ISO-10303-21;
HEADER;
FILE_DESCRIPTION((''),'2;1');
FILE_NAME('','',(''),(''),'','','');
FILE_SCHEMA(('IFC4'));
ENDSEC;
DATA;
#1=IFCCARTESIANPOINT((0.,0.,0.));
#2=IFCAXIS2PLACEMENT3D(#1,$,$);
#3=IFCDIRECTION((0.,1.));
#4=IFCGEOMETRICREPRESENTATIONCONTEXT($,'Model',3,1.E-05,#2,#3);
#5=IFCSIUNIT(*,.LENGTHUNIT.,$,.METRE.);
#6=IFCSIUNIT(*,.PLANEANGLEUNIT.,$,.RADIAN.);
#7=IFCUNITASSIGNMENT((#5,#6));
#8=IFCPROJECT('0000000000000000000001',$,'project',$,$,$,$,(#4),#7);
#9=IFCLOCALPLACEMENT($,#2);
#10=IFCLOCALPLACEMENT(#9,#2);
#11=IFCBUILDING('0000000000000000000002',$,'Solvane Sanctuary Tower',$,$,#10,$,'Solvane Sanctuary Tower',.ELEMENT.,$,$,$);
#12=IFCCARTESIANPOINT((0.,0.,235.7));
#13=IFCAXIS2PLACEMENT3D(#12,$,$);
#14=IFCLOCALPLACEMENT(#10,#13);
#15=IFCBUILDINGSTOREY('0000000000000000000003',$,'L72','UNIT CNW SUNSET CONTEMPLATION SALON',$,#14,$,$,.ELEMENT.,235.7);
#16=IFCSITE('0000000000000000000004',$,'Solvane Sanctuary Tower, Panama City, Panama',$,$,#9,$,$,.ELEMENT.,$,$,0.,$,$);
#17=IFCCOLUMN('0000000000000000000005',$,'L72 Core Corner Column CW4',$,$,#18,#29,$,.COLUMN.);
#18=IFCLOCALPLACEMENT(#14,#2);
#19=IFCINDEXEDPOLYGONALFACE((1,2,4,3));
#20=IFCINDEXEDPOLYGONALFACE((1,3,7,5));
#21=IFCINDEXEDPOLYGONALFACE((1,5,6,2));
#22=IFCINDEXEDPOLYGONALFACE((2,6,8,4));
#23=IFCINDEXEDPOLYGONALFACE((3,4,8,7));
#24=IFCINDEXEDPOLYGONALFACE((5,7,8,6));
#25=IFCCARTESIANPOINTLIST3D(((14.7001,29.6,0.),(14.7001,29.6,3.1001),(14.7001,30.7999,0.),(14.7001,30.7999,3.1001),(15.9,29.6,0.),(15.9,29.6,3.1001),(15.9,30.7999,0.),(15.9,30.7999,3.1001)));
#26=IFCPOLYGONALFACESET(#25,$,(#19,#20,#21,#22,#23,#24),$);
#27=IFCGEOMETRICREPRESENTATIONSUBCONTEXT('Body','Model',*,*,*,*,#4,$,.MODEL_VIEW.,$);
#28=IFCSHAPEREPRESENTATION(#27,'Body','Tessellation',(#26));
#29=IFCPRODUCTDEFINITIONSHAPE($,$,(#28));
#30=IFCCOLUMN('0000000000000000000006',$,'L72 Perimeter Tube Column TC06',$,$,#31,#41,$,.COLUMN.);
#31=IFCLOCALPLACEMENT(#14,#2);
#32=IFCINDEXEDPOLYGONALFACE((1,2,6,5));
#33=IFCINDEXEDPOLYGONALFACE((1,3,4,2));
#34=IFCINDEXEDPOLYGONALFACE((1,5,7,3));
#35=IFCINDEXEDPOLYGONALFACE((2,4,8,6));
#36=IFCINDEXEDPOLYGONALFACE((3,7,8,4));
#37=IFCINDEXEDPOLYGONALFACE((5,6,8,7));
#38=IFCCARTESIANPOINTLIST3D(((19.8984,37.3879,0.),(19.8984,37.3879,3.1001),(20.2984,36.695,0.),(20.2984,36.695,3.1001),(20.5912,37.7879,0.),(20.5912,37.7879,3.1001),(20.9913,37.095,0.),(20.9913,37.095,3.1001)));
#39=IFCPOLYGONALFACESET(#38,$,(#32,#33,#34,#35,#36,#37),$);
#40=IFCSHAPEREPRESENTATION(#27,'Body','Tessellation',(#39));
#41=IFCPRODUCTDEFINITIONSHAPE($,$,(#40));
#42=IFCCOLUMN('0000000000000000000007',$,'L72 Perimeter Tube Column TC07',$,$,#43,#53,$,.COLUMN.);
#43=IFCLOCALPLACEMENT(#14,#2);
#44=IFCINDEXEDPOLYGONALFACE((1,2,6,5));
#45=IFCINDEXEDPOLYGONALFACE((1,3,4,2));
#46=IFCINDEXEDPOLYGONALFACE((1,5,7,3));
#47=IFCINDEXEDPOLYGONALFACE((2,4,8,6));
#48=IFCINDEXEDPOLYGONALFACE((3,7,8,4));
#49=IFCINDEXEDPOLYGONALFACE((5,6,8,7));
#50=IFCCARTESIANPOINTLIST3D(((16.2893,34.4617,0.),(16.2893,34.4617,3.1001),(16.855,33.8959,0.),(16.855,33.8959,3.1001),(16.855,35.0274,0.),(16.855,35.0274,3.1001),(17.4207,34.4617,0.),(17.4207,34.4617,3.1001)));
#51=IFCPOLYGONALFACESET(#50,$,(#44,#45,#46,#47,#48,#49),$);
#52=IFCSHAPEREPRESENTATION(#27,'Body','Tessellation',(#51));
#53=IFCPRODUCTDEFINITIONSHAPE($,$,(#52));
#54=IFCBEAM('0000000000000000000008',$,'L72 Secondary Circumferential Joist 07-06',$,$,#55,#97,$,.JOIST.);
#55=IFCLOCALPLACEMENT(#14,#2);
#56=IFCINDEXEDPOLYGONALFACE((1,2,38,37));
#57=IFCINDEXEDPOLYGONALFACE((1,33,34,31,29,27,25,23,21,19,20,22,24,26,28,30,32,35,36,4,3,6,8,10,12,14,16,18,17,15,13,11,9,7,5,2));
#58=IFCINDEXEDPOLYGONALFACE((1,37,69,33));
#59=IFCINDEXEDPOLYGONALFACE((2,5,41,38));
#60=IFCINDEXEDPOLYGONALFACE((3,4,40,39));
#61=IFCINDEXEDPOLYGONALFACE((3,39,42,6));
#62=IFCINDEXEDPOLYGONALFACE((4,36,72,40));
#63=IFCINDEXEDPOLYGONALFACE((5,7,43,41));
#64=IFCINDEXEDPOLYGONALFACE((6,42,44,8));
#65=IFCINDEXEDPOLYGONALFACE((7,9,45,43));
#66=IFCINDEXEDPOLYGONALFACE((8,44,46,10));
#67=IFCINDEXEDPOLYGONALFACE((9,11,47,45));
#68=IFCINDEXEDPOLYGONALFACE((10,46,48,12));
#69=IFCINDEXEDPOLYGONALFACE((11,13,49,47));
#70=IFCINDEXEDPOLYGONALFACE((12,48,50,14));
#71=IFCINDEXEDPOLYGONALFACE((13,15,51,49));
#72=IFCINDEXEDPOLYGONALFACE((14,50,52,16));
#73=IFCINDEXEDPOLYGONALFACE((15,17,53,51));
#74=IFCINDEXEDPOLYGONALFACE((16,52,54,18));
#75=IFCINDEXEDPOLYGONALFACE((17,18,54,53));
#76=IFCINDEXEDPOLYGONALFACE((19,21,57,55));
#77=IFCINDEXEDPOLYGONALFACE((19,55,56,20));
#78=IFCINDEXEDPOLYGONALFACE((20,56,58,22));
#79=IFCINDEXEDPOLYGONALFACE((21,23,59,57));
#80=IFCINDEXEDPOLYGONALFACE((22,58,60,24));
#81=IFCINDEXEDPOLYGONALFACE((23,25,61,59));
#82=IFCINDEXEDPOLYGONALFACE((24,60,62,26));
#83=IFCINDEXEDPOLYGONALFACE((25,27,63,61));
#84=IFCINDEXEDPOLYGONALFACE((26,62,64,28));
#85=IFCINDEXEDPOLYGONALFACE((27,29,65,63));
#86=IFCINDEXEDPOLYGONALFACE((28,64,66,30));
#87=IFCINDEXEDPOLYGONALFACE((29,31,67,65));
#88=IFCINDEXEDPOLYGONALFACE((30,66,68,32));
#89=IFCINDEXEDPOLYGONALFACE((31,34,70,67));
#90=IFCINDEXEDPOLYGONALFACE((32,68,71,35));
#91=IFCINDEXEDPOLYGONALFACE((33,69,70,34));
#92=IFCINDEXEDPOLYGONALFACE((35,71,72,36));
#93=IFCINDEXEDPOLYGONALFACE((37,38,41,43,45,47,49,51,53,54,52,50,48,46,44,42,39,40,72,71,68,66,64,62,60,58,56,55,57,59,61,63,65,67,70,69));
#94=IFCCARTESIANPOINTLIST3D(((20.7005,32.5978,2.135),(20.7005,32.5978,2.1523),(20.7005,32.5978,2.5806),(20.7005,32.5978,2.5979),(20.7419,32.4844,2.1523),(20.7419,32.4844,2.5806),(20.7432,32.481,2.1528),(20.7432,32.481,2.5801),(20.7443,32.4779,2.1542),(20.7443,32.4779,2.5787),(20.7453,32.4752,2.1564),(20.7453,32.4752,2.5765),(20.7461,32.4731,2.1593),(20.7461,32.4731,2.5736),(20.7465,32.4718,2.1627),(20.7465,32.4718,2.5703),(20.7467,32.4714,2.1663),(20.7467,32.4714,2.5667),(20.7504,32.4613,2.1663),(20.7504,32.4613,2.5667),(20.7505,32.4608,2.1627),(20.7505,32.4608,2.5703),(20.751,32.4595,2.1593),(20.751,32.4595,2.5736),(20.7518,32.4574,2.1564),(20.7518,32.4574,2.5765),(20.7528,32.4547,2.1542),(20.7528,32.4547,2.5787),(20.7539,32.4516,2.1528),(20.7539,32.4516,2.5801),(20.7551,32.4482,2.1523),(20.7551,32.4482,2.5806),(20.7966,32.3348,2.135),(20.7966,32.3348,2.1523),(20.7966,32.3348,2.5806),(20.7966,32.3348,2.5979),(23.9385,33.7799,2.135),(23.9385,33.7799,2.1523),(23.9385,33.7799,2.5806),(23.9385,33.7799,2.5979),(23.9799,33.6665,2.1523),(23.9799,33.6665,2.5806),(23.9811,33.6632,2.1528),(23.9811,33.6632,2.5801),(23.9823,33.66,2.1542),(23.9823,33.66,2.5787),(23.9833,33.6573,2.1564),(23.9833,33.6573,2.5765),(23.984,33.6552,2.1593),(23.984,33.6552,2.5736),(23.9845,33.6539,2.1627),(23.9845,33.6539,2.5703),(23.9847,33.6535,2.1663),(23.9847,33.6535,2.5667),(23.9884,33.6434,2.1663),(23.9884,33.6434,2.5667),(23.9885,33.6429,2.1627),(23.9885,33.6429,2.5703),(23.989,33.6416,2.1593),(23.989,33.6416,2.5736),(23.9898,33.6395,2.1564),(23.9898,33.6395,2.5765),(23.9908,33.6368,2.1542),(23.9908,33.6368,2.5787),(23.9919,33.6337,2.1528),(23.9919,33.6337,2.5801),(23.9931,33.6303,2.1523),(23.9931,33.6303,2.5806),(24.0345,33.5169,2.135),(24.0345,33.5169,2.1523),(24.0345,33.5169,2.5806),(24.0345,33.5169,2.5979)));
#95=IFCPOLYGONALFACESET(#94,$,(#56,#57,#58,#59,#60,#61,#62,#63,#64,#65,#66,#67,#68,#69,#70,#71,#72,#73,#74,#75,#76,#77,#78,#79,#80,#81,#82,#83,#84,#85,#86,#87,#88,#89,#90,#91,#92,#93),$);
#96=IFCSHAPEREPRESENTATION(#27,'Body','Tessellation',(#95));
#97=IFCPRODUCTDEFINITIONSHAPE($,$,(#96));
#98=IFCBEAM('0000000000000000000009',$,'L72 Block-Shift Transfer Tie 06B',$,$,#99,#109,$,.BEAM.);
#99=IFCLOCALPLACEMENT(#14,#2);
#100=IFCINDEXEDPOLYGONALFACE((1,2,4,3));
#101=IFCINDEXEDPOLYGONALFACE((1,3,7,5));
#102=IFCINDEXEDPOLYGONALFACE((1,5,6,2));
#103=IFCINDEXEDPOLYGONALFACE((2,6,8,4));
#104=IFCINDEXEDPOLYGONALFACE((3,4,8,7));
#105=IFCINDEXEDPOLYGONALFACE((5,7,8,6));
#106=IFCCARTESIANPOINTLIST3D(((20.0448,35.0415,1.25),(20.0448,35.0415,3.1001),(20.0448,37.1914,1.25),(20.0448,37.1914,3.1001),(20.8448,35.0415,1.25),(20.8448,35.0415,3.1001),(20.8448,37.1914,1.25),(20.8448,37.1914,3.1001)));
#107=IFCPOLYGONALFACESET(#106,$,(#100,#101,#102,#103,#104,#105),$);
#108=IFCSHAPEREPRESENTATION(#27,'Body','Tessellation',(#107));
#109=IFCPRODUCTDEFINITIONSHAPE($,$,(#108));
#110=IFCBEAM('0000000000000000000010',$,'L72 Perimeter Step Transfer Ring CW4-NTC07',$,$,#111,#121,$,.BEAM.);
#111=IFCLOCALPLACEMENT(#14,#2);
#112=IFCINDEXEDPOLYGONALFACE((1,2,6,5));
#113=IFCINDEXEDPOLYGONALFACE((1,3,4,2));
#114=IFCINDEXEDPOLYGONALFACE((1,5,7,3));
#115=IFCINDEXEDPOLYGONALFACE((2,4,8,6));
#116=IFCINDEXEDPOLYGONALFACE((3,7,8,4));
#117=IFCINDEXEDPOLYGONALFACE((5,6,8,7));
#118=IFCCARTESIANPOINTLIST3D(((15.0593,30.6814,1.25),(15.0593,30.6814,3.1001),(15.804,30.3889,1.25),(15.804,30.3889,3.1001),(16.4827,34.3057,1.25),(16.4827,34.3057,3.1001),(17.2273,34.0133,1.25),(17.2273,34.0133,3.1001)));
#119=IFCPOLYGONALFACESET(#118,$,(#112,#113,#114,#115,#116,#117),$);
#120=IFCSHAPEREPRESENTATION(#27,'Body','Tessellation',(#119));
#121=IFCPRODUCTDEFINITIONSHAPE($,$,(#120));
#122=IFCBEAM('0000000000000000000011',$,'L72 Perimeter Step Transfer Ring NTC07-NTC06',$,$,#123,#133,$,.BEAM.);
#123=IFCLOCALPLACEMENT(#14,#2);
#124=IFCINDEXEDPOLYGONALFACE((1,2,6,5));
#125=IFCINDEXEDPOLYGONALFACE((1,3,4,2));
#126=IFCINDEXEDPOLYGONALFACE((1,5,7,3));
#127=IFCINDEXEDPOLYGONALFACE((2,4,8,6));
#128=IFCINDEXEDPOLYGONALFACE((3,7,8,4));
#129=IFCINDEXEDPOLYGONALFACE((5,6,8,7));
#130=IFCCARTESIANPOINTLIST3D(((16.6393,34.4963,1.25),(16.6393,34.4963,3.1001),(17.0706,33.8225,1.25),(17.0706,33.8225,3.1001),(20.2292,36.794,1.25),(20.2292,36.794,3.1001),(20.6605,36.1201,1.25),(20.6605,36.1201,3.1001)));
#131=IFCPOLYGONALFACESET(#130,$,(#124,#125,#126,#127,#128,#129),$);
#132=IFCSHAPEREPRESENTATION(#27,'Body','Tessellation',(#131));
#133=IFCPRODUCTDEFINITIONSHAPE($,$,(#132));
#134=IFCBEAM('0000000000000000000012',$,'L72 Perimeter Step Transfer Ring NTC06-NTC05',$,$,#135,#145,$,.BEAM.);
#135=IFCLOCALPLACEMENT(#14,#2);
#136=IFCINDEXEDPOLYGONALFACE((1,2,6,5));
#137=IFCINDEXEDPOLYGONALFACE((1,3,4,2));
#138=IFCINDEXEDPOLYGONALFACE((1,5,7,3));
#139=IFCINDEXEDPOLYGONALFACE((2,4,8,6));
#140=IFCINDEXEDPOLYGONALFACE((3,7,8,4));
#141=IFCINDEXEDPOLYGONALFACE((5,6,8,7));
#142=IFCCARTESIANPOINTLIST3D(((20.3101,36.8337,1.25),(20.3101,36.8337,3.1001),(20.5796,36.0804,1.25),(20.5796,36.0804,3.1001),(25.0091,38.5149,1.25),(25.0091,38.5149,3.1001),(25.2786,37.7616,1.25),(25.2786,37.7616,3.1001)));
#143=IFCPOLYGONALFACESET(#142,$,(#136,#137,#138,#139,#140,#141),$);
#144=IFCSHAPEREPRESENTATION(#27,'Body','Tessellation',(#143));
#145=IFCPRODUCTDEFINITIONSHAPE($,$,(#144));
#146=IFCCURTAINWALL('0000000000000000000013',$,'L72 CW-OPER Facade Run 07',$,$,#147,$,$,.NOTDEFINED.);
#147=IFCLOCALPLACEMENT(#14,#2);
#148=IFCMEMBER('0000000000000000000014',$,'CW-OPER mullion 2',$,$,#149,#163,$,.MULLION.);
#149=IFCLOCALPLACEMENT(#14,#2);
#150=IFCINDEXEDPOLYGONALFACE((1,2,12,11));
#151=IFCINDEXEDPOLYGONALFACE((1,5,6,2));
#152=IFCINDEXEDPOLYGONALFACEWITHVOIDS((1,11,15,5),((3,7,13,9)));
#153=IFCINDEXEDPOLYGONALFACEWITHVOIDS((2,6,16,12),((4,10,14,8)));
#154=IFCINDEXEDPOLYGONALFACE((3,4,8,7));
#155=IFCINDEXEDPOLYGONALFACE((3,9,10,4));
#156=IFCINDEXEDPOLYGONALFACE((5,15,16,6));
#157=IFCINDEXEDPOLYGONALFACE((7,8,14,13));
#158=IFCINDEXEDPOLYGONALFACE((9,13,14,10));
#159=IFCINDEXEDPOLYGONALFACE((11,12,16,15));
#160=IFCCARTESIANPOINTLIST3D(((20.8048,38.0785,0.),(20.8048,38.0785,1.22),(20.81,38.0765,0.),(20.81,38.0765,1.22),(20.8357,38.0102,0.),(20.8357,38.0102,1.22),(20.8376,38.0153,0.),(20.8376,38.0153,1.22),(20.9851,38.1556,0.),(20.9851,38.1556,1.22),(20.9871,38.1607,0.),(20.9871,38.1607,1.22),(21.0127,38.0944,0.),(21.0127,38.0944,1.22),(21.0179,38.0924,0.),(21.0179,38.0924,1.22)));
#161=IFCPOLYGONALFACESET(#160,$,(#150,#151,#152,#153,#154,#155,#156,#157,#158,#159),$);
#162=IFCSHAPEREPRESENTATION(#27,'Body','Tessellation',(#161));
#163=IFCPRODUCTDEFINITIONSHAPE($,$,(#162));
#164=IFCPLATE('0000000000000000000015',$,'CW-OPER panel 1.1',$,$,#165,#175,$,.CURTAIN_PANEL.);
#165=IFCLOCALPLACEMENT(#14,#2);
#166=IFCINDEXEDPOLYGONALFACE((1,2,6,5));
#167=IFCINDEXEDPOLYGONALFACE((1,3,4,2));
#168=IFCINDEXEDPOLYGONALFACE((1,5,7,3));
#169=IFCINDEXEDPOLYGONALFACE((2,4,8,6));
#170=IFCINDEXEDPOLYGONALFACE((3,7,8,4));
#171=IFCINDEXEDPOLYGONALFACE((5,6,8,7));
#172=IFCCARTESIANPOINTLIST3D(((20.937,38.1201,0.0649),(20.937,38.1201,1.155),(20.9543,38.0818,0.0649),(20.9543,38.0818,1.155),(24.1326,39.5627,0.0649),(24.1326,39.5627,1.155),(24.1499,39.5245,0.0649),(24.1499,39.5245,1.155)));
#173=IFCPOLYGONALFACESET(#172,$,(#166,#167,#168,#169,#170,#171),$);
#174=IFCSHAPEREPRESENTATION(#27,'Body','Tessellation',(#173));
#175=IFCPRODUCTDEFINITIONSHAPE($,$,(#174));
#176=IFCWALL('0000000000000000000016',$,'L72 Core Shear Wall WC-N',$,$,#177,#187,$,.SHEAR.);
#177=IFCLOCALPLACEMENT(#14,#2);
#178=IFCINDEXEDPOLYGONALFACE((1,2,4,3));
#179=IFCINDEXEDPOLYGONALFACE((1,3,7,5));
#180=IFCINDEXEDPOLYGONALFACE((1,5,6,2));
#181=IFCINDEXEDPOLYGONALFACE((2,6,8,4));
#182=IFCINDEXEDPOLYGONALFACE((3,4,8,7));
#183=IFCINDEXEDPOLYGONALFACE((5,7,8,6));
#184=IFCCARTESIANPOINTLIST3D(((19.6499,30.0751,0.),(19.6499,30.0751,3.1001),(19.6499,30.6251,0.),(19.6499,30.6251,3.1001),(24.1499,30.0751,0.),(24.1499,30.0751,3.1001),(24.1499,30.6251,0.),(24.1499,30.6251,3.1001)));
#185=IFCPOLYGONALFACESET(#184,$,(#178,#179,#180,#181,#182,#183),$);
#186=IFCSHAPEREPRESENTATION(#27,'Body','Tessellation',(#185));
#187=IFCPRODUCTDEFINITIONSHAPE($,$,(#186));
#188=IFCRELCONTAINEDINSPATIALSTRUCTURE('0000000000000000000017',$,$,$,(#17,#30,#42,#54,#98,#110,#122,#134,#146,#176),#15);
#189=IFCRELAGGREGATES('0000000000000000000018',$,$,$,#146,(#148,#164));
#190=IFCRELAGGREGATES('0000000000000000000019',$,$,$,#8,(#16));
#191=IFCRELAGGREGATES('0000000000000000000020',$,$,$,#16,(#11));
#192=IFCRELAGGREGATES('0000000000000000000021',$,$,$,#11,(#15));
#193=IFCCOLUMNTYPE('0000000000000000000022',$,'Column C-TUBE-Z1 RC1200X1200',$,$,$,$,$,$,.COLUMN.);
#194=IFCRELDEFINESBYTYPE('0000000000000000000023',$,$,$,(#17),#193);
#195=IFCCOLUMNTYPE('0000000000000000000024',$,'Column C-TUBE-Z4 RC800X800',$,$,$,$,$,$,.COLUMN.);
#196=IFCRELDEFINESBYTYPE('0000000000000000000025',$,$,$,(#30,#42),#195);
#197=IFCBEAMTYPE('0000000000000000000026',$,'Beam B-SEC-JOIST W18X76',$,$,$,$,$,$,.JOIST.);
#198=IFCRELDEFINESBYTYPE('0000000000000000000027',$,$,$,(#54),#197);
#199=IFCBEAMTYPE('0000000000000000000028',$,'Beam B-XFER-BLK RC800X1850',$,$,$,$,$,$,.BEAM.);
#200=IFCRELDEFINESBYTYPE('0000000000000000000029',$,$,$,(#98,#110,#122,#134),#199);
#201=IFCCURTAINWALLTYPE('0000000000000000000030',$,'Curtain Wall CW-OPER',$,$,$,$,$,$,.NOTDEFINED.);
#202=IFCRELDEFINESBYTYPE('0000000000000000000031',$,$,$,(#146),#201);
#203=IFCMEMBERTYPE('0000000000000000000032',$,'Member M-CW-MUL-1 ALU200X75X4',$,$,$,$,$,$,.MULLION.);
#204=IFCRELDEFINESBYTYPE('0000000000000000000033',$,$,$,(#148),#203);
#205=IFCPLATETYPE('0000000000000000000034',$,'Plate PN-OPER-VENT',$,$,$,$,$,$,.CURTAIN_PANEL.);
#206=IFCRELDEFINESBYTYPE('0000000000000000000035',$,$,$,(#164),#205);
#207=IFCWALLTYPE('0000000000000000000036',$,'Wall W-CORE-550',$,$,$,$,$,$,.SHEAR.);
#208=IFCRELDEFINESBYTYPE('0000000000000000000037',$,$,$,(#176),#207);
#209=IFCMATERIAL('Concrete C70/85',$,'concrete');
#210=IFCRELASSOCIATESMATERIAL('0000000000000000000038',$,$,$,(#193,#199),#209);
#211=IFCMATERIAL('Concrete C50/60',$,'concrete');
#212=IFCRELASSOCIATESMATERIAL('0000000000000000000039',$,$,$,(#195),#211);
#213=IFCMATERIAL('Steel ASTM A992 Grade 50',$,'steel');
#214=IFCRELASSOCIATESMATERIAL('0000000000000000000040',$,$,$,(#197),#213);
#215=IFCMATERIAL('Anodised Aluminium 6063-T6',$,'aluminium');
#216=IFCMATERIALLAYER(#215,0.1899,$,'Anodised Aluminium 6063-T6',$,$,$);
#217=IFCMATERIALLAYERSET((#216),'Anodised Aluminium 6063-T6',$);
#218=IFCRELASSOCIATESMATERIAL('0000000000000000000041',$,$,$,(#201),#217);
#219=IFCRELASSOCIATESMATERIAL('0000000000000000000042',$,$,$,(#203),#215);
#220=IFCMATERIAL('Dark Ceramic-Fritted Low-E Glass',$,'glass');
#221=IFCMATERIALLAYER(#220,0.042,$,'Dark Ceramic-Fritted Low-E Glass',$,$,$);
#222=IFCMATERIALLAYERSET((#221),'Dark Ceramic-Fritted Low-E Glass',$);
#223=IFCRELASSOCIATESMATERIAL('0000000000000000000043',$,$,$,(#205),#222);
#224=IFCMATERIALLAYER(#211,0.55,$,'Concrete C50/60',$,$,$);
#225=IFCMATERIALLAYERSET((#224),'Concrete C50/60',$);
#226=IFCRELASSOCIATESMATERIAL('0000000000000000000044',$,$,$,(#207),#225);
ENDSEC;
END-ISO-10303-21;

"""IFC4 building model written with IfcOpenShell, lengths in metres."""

from ifc_helpers import new_model, si_unit, direction, frame, frame_2d, origin, origin_2d, place, context, subcontext, project, spatial, rectangle, hollow_rectangle, i_section, extrude, material, layer, layer_set, material_profile, profile_set, type_object, element, aggregate, save


model = new_model("IFC4")

# Units and contexts
model_context = context("Model", 3, precision=1e-05, world=origin(), true_north=direction((0.0, 1.0)))
body_context = subcontext(model_context, "Body", "Model", "MODEL_VIEW")
ifc_project = project(units=[si_unit("LENGTHUNIT", "METRE"), si_unit("PLANEANGLEUNIT", "RADIAN")], contexts=[model_context])

# Site, building, storey
site_placement = place(None, origin())
site = spatial("IfcSite", under=ifc_project, at=site_placement, Name="Solvane Sanctuary Tower, Panama City, Panama", CompositionType="ELEMENT", RefElevation=0.0)
building_placement = place(site_placement, origin())
building = spatial("IfcBuilding", under=site, at=building_placement, Name="Solvane Sanctuary Tower", LongName="Solvane Sanctuary Tower", CompositionType="ELEMENT")
storey_placement = place(building_placement, frame((0.0, 0.0, 235.7)))
storey = spatial("IfcBuildingStorey", under=building, at=storey_placement, Name="L72", Description="UNIT CNW SUNSET CONTEMPLATION SALON", CompositionType="ELEMENT", Elevation=235.7)

# Columns
ifc_material_1 = material(Name="Concrete C70/85", Category="concrete")
ifc_material_profile_1 = material_profile(ifc_material_1, rectangle(XDim=1.2, YDim=1.2, at=origin_2d()), Name="RC1200X1200")
ifc_profile_set_1 = profile_set([ifc_material_profile_1], Name="Concrete C70/85")
column_type_1 = type_object("IfcColumnType", Name="Column C-TUBE-Z1 RC1200X1200", PredefinedType="COLUMN", material=ifc_profile_set_1)
column_placement = place(storey_placement, frame((15.3, 30.2, 0.0), z_axis=(0.0, 0.0, 1.0), x_axis=(1.0, 0.0, 0.0)))
element("IfcColumn", 1, at=column_placement, inside=storey, type_object=column_type_1, Name="L72 Core Corner Column CW4", PredefinedType="COLUMN", context=body_context, shape_type="SweptSolid", body=[
    extrude(rectangle(XDim=1.2, YDim=1.2, at=origin_2d()), origin(), (0.0, 0.0, 1.0), 3.1001),
])
ifc_material_2 = material(Name="Concrete C50/60", Category="concrete")
ifc_material_profile_2 = material_profile(ifc_material_2, rectangle(XDim=0.8, YDim=0.8, at=origin_2d()), Name="RC800X800")
ifc_profile_set_2 = profile_set([ifc_material_profile_2], Name="Concrete C50/60")
column_type_2 = type_object("IfcColumnType", Name="Column C-TUBE-Z4 RC800X800", PredefinedType="COLUMN", material=ifc_profile_set_2)
for number, where, z_axis, x_axis, name in (
    (2, (20.4448, 37.2415, 0.0), (0.0, 0.0, 1.0), (-0.5, 0.866025, 0.0), "L72 Perimeter Tube Column TC06"),
    (3, (16.855, 34.4617, 0.0), (0.0, 0.0, 1.0), (-0.707107, 0.707107, 0.0), "L72 Perimeter Tube Column TC07"),
):
    element("IfcColumn", number, at=place(storey_placement, frame(where, z_axis=z_axis, x_axis=x_axis)), inside=storey, type_object=column_type_2, Name=name, PredefinedType="COLUMN", context=body_context, shape_type="SweptSolid", body=[
        extrude(rectangle(XDim=0.8, YDim=0.8, at=origin_2d()), origin(), (0.0, 0.0, 1.0), 3.1001),
    ])

# Beams
ifc_material_3 = material(Name="Steel ASTM A992 Grade 50", Category="steel")
ifc_material_profile_3 = material_profile(ifc_material_3, i_section(OverallWidth=0.28, OverallDepth=0.4629, WebThickness=0.0107, FlangeThickness=0.0173, FilletRadius=0.0139, at=origin_2d()), Name="W18X76")
ifc_profile_set_3 = profile_set([ifc_material_profile_3], Name="Steel ASTM A992 Grade 50")
beam_type_1 = type_object("IfcBeamType", Name="Beam B-SEC-JOIST W18X76", PredefinedType="JOIST", material=ifc_profile_set_3)
beam_1_placement = place(storey_placement, frame((20.7485, 32.4663, 2.3665), z_axis=(0.939358, 0.342937, 0.0), x_axis=(-0.342937, 0.939358, 0.0)))
element("IfcBeam", 4, at=beam_1_placement, inside=storey, type_object=beam_type_1, Name="L72 Secondary Circumferential Joist 07-06", PredefinedType="JOIST", context=body_context, shape_type="SweptSolid", body=[
    extrude(i_section(OverallWidth=0.28, OverallDepth=0.4629, WebThickness=0.0107, FlangeThickness=0.0173, FilletRadius=0.0139, at=origin_2d()), origin(), (0.0, 0.0, 1.0), 3.447),
])
ifc_material_profile_4 = material_profile(ifc_material_1, rectangle(XDim=0.8, YDim=1.8501, at=origin_2d()), Name="RC800X1850")
ifc_profile_set_4 = profile_set([ifc_material_profile_4], Name="Concrete C70/85")
beam_type_2 = type_object("IfcBeamType", Name="Beam B-XFER-BLK RC800X1850", PredefinedType="BEAM", material=ifc_profile_set_4)
beam_2_placement = place(storey_placement, frame((20.4448, 37.1914, 2.175), z_axis=(0.0, -1.0, 0.0), x_axis=(1.0, 0.0, 0.0)))
element("IfcBeam", 5, at=beam_2_placement, inside=storey, type_object=beam_type_2, Name="L72 Block-Shift Transfer Tie 06B", PredefinedType="BEAM", context=body_context, shape_type="SweptSolid", body=[
    extrude(rectangle(XDim=0.8, YDim=1.8501, at=origin_2d()), origin(), (0.0, 0.0, 1.0), 2.1499),
])
beam_3_placement = place(storey_placement, frame((15.4316, 30.5352, 2.175), z_axis=(0.365546, 0.930793, 0.0), x_axis=(-0.930793, 0.365546, 0.0)))
element("IfcBeam", 6, at=beam_3_placement, inside=storey, type_object=beam_type_2, Name="L72 Perimeter Step Transfer Ring CW4-NTC07", PredefinedType="BEAM", context=body_context, shape_type="SweptSolid", body=[
    extrude(rectangle(XDim=0.8, YDim=1.8501, at=origin_2d()), origin(), (0.0, 0.0, 1.0), 3.8938),
])
beam_4_placement = place(storey_placement, frame((16.855, 34.1594, 2.175), z_axis=(0.84226, 0.539072, 0.0), x_axis=(-0.539072, 0.84226, 0.0)))
element("IfcBeam", 7, at=beam_4_placement, inside=storey, type_object=beam_type_2, Name="L72 Perimeter Step Transfer Ring NTC07-NTC06", PredefinedType="BEAM", context=body_context, shape_type="SweptSolid", body=[
    extrude(rectangle(XDim=0.8, YDim=1.8501, at=origin_2d()), origin(), (0.0, 0.0, 1.0), 4.2622),
])
beam_5_placement = place(storey_placement, frame((20.4448, 36.457, 2.175), z_axis=(0.941555, 0.33686, 0.0), x_axis=(-0.33686, 0.941555, 0.0)))
element("IfcBeam", 8, at=beam_5_placement, inside=storey, type_object=beam_type_2, Name="L72 Perimeter Step Transfer Ring NTC06-NTC05", PredefinedType="BEAM", context=body_context, shape_type="SweptSolid", body=[
    extrude(rectangle(XDim=0.8, YDim=1.8501, at=origin_2d()), origin(), (0.0, 0.0, 1.0), 4.9907),
])

# Curtain wall, member, plate
ifc_material_4 = material(Name="Anodised Aluminium 6063-T6", Category="aluminium")
ifc_layer_1 = layer(ifc_material_4, 0.1899, Name="Anodised Aluminium 6063-T6")
ifc_layer_set_1 = layer_set([ifc_layer_1], Name="Anodised Aluminium 6063-T6")
curtain_wall_type = type_object("IfcCurtainWallType", Name="Curtain Wall CW-OPER", PredefinedType="NOTDEFINED", material=ifc_layer_set_1)
curtain_wall_placement = place(storey_placement, origin())
curtain_wall = element("IfcCurtainWall", 9, at=curtain_wall_placement, inside=storey, type_object=curtain_wall_type, Name="L72 CW-OPER Facade Run 07", PredefinedType="NOTDEFINED")
ifc_material_profile_5 = material_profile(ifc_material_4, hollow_rectangle(XDim=0.075, YDim=0.2, WallThickness=0.0039, at=origin_2d()), Name="ALU200X75X4")
ifc_profile_set_5 = profile_set([ifc_material_profile_5], Name="Anodised Aluminium 6063-T6")
member_type = type_object("IfcMemberType", Name="Member M-CW-MUL-1 ALU200X75X4", PredefinedType="MULLION", material=ifc_profile_set_5)
member_placement = place(storey_placement, frame((20.9114, 38.0854, 0.0), z_axis=(0.0, 0.0, 1.0), x_axis=(0.411471, -0.911423, 0.0)))
member = element("IfcMember", 10, at=member_placement, type_object=member_type, Name="CW-OPER mullion 2", PredefinedType="MULLION", context=body_context, shape_type="SweptSolid", body=[
    extrude(hollow_rectangle(XDim=0.075, YDim=0.2, WallThickness=0.0039, at=origin_2d()), origin(), (0.0, 0.0, 1.0), 1.22),
])
ifc_material_5 = material(Name="Dark Ceramic-Fritted Low-E Glass", Category="glass")
ifc_layer_2 = layer(ifc_material_5, 0.042, Name="Dark Ceramic-Fritted Low-E Glass")
ifc_layer_set_2 = layer_set([ifc_layer_2], Name="Dark Ceramic-Fritted Low-E Glass")
plate_type = type_object("IfcPlateType", Name="Plate PN-OPER-VENT", PredefinedType="CURTAIN_PANEL", material=ifc_layer_set_2)
plate_placement = place(storey_placement, frame((22.5435, 38.8223, 0.0649), z_axis=(0.0, 0.0, 1.0), x_axis=(-0.911423, -0.411471, 0.0)))
plate = element("IfcPlate", 11, at=plate_placement, type_object=plate_type, Name="CW-OPER panel 1.1", PredefinedType="CURTAIN_PANEL", context=body_context, shape_type="SweptSolid", body=[
    extrude(rectangle(XDim=3.5061, YDim=0.042, at=origin_2d()), origin(), (0.0, 0.0, 1.0), 1.0901),
])
aggregate(curtain_wall, [member, plate])

# Wall
ifc_layer_3 = layer(ifc_material_2, 0.55, Name="Concrete C50/60")
ifc_layer_set_3 = layer_set([ifc_layer_3], Name="Concrete C50/60")
wall_type_1 = type_object("IfcWallType", Name="Wall W-CORE-550", PredefinedType="SHEAR", material=ifc_layer_set_3)
wall_1_placement = place(storey_placement, frame((19.6499, 30.3501, 0.0), z_axis=(0.0, 0.0, 1.0), x_axis=(1.0, 0.0, 0.0)))
element("IfcWall", 12, at=wall_1_placement, inside=storey, type_object=wall_type_1, Name="L72 Core Shear Wall WC-N", PredefinedType="SHEAR", context=body_context, shape_type="SweptSolid", body=[
    extrude(rectangle(XDim=4.5, YDim=0.55, at=frame_2d((2.25, 0.0))), origin(), (0.0, 0.0, 1.0), 3.1001),
])

save(model, "model.ifc")
